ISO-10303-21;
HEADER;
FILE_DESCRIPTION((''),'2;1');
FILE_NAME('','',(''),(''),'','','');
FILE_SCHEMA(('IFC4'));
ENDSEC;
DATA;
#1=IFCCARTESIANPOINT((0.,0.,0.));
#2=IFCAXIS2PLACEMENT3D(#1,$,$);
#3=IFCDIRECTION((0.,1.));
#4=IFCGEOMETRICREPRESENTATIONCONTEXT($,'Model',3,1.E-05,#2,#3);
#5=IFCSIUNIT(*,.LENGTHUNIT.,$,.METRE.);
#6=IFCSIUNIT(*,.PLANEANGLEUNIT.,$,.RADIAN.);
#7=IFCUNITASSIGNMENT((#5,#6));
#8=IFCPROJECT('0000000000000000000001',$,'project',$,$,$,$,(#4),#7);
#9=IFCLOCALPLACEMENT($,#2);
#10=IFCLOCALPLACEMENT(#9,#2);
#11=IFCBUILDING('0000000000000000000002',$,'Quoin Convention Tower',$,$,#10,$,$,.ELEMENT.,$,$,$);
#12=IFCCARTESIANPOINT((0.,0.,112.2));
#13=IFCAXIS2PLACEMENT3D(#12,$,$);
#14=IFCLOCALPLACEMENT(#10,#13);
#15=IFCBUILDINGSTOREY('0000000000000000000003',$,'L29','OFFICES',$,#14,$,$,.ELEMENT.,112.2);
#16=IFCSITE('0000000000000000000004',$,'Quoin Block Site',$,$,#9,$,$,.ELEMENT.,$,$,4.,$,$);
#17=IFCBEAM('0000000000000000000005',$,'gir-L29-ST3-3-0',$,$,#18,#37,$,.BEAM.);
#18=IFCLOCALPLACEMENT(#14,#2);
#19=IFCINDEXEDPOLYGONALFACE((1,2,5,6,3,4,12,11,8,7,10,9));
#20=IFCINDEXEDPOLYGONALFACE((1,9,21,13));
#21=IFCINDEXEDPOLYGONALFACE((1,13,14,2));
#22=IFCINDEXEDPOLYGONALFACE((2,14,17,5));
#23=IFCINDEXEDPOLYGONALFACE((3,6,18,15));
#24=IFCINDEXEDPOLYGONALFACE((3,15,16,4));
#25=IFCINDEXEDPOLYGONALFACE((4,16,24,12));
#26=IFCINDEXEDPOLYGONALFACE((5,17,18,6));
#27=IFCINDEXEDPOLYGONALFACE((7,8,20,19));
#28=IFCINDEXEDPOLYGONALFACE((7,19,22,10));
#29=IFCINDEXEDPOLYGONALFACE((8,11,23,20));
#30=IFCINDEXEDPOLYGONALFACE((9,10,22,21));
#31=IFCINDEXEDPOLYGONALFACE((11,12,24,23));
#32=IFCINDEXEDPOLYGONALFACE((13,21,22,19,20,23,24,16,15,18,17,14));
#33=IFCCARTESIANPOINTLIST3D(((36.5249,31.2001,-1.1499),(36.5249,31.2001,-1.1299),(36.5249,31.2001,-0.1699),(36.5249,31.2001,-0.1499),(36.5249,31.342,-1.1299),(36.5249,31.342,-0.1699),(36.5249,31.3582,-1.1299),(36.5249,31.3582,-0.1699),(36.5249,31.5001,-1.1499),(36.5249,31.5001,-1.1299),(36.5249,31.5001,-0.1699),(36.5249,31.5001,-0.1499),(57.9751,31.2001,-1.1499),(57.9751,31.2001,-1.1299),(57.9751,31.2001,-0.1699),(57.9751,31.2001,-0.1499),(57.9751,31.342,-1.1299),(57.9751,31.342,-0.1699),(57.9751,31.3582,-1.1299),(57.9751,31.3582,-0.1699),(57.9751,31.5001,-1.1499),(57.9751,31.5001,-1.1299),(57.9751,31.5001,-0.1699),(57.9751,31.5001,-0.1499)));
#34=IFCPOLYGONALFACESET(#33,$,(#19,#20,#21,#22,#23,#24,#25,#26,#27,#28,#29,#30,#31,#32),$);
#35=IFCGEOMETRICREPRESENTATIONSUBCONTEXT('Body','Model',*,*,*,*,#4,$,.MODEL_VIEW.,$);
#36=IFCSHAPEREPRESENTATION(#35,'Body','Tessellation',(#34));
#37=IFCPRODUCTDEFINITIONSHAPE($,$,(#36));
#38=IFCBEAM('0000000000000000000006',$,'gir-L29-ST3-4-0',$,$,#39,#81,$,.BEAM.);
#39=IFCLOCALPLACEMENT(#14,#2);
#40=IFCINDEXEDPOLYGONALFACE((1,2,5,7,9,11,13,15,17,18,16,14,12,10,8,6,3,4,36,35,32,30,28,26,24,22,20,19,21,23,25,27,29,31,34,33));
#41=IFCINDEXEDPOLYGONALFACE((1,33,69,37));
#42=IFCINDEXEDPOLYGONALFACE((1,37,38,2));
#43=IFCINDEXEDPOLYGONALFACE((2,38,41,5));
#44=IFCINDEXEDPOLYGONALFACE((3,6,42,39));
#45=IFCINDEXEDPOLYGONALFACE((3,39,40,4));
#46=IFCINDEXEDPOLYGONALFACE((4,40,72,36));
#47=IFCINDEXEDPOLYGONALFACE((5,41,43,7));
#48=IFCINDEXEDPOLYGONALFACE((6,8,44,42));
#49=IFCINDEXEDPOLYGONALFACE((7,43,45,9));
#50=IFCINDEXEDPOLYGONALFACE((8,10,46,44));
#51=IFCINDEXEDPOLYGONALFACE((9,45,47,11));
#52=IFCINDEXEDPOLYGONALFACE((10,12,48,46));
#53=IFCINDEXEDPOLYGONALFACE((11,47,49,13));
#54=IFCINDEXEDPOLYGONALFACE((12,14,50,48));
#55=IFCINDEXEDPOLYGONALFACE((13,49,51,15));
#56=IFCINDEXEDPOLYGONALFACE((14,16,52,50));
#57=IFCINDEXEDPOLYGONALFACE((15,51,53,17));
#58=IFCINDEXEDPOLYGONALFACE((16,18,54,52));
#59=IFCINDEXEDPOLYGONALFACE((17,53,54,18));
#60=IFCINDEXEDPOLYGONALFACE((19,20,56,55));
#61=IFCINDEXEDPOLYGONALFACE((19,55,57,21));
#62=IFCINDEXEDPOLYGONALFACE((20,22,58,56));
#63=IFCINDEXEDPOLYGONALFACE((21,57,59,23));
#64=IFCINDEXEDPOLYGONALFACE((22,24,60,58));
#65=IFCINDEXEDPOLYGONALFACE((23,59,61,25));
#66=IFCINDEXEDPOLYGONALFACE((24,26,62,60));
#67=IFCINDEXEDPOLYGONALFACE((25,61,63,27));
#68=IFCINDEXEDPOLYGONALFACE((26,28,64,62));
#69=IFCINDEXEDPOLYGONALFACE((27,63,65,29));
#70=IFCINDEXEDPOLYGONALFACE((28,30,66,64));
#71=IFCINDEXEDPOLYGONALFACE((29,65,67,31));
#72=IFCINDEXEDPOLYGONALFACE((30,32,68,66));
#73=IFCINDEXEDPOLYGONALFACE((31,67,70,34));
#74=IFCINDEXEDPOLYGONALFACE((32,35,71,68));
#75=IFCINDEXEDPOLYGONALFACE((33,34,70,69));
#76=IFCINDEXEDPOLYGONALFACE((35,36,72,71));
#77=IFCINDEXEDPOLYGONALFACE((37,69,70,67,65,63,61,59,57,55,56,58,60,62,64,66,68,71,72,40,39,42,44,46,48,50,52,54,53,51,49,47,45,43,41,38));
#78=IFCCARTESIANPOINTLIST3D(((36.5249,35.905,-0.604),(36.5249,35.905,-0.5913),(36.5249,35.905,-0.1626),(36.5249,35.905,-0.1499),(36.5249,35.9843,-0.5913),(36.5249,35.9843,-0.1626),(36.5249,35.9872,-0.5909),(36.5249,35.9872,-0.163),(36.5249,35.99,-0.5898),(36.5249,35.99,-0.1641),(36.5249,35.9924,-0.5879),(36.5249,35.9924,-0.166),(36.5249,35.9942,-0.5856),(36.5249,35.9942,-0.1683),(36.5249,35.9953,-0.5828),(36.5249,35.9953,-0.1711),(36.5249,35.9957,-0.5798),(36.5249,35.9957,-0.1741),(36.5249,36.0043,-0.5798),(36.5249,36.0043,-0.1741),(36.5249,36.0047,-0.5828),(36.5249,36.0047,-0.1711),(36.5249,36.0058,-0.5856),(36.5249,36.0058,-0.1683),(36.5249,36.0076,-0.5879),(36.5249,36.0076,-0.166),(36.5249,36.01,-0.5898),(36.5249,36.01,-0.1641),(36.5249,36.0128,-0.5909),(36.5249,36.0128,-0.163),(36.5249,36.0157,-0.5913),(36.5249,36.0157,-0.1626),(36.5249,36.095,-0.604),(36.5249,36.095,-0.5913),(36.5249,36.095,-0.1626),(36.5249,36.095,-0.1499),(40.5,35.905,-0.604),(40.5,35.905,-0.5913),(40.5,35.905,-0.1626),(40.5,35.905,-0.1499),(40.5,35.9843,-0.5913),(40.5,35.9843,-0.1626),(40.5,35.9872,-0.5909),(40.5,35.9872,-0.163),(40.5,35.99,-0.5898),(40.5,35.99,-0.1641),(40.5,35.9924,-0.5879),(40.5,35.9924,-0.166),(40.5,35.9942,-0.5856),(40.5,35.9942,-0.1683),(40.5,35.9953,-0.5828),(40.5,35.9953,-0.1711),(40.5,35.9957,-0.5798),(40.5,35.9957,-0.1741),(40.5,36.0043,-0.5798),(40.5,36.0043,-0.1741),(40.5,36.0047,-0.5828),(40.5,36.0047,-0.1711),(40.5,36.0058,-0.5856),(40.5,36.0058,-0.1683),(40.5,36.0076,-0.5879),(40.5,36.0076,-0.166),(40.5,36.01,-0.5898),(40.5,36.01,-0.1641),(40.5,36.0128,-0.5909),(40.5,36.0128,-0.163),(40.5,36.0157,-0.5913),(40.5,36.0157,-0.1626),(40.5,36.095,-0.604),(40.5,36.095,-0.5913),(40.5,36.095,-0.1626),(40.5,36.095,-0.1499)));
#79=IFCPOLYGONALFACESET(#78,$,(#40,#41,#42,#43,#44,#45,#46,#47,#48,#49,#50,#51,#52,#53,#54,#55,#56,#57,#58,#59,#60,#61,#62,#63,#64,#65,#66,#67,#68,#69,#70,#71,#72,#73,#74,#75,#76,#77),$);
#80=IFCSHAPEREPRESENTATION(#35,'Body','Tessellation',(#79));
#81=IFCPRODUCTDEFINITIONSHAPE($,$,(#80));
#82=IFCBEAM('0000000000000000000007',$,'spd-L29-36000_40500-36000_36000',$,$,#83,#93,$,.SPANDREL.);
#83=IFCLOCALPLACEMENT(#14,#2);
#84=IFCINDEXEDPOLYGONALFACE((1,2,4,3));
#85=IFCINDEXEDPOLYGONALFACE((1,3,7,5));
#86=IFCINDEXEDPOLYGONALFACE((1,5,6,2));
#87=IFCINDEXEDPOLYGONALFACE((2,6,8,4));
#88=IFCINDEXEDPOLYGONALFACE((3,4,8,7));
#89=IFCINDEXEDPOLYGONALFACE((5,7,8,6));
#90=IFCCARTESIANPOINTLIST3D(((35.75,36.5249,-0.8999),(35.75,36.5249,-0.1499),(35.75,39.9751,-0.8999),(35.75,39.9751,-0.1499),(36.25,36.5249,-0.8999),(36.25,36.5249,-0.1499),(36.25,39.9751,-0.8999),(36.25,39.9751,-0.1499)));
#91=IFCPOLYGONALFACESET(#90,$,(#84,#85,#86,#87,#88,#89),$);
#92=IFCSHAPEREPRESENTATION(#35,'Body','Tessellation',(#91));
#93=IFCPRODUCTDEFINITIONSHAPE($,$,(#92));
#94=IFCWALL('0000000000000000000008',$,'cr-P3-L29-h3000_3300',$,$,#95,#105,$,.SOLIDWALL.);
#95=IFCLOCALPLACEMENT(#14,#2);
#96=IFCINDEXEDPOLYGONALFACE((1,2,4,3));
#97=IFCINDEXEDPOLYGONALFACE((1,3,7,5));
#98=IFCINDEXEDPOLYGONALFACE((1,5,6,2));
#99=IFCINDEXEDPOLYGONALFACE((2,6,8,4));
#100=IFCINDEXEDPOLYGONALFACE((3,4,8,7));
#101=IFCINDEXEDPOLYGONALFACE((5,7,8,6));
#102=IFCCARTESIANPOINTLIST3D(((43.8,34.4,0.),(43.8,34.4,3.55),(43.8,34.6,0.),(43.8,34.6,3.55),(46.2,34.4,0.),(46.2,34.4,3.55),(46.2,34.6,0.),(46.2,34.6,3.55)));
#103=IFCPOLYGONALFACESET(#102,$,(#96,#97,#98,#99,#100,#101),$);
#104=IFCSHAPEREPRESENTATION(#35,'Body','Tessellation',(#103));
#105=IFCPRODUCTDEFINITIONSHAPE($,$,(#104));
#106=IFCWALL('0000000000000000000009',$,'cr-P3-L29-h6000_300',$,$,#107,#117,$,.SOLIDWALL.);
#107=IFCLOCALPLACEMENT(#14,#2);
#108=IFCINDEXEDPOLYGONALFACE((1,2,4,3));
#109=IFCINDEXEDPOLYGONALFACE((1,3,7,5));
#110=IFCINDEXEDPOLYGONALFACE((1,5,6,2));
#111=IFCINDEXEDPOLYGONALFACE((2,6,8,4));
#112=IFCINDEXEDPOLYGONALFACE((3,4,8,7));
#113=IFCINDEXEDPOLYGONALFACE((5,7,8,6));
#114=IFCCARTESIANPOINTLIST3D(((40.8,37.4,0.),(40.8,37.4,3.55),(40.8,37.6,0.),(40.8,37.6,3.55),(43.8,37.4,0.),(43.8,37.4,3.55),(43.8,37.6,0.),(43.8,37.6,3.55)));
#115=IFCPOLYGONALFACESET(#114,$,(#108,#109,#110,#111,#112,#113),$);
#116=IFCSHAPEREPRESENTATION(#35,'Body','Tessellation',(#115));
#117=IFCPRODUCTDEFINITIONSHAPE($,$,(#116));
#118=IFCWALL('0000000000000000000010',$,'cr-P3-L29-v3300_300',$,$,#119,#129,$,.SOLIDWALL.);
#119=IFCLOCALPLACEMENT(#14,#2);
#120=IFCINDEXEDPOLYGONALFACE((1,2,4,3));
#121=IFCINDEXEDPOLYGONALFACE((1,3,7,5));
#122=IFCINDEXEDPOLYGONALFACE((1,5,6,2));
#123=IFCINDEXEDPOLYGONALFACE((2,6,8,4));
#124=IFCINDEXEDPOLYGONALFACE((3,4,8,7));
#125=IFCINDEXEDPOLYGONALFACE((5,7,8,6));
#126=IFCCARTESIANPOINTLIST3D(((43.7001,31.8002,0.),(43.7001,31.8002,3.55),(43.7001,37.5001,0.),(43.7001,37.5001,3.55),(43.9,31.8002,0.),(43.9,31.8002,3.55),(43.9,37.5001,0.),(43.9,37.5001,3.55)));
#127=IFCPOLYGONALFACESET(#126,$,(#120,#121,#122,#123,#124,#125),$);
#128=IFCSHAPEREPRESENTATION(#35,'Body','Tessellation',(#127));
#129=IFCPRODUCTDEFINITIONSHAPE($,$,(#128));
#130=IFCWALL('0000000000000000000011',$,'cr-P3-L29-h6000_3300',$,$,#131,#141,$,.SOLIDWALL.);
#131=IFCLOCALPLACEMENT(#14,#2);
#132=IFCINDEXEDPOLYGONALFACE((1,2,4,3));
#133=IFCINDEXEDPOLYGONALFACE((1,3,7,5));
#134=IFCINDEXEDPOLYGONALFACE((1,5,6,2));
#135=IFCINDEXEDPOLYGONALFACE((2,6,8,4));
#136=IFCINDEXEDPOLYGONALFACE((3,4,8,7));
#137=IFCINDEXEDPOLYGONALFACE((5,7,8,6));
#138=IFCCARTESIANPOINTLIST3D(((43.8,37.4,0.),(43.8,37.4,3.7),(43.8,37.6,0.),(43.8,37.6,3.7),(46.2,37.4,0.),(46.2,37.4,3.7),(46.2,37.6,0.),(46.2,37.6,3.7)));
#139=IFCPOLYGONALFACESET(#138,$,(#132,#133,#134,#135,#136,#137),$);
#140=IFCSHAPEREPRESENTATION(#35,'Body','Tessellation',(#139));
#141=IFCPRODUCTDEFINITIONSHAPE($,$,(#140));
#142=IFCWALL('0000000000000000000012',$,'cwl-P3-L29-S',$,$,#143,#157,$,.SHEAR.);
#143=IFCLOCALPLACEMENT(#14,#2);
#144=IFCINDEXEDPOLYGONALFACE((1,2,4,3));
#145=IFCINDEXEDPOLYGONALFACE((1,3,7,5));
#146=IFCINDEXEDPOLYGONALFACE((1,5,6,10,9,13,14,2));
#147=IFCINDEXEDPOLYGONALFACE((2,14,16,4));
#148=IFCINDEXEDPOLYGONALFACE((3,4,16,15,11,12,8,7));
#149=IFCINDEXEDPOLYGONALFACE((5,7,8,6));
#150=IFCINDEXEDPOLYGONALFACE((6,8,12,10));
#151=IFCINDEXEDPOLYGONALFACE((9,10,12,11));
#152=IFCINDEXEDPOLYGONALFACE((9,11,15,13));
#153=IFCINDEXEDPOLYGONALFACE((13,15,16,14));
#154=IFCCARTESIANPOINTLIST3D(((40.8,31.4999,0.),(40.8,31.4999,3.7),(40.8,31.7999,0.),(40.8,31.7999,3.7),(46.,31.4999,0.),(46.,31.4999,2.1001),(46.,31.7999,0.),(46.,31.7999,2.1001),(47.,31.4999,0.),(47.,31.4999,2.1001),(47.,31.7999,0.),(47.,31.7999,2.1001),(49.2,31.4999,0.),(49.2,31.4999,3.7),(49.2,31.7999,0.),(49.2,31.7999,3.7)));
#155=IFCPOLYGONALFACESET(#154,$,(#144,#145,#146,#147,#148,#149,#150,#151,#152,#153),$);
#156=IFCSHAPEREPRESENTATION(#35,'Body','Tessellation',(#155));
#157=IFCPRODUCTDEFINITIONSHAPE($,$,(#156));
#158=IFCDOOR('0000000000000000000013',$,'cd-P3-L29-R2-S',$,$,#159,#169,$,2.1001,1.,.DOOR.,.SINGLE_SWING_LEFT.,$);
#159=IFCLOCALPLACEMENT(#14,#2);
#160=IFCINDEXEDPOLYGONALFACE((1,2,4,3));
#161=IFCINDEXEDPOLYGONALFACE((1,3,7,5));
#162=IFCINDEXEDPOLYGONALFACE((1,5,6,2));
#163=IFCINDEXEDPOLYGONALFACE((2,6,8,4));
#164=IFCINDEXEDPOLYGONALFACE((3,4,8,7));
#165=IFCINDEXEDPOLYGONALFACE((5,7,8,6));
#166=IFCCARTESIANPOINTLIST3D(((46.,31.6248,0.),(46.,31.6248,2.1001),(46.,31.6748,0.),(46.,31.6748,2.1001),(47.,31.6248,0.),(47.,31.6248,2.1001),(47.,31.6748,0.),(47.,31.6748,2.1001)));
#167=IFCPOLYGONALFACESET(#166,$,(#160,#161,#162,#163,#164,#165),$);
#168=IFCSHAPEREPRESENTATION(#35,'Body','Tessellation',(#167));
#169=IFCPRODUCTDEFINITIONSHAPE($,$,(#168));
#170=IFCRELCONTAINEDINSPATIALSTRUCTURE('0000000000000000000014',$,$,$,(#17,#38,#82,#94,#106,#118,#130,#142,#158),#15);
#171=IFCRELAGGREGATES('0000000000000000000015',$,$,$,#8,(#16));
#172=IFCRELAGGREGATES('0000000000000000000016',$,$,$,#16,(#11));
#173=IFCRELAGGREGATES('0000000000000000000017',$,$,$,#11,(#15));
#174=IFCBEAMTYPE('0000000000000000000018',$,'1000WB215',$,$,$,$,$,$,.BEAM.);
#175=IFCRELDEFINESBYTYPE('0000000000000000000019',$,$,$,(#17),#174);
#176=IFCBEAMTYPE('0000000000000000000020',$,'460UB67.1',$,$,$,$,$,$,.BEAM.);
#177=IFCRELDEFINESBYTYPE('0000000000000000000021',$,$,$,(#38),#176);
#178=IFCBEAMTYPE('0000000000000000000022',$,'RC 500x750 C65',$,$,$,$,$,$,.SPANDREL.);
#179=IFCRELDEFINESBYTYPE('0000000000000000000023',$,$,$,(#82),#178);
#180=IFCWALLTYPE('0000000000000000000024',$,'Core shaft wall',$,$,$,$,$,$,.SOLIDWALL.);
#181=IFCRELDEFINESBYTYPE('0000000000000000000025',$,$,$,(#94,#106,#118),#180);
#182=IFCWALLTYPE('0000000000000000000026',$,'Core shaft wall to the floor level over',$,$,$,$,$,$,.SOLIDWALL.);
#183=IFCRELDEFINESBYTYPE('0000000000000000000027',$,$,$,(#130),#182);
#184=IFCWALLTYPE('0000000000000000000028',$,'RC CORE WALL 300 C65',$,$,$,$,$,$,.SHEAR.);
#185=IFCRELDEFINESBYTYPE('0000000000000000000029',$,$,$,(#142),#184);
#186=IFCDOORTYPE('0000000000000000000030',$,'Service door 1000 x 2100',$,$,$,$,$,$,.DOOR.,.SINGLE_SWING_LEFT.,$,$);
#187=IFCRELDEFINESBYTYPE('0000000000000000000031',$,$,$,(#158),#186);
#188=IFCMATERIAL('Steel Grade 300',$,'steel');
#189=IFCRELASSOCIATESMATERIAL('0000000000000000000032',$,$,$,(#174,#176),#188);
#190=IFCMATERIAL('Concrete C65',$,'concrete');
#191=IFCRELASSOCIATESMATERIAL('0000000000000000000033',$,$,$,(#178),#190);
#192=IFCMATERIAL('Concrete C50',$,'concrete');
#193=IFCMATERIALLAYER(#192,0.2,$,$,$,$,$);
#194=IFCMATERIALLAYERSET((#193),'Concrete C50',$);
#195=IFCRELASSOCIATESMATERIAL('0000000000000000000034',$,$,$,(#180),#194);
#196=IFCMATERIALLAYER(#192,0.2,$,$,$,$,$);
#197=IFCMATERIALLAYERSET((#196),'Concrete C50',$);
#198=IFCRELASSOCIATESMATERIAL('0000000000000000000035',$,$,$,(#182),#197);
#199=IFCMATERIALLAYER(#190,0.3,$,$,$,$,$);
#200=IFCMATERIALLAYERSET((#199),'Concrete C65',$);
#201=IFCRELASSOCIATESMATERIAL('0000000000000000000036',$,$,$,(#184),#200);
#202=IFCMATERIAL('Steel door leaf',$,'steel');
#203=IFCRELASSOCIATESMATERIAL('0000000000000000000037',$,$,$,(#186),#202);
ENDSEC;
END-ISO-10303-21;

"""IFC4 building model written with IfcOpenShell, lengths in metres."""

from ifc_helpers import new_model, si_unit, direction, frame, frame_2d, origin, origin_2d, place, context, subcontext, project, spatial, rectangle, i_section, extrude, material, layer, layer_set, material_profile, profile_set, type_object, element, fill, save


model = new_model("IFC4")

# Units and contexts
model_context = context("Model", 3, precision=1e-05, world=origin(), true_north=direction((0.0, 1.0)))
body_context = subcontext(model_context, "Body", "Model", "MODEL_VIEW")
ifc_project = project(units=[si_unit("LENGTHUNIT", "METRE"), si_unit("PLANEANGLEUNIT", "RADIAN")], contexts=[model_context])

# Site, building, storey
site_placement = place(None, origin())
site = spatial("IfcSite", under=ifc_project, at=site_placement, Name="Quoin Block Site", CompositionType="ELEMENT", RefElevation=4.0)
building_placement = place(site_placement, origin())
building = spatial("IfcBuilding", under=site, at=building_placement, Name="Quoin Convention Tower", CompositionType="ELEMENT")
storey_placement = place(building_placement, frame((0.0, 0.0, 112.2)))
storey = spatial("IfcBuildingStorey", under=building, at=storey_placement, Name="L29", Description="OFFICES", CompositionType="ELEMENT", Elevation=112.2)

# Beams
ifc_material_1 = material(Name="Steel Grade 300", Category="steel")
ifc_material_profile_1 = material_profile(ifc_material_1, i_section(OverallWidth=0.3, OverallDepth=1.0, WebThickness=0.0161, FlangeThickness=0.02, at=origin_2d()), Name="1000WB215")
ifc_profile_set_1 = profile_set([ifc_material_profile_1], Name="Steel Grade 300")
beam_type_1 = type_object("IfcBeamType", Name="1000WB215", PredefinedType="BEAM", material=ifc_profile_set_1)
beam_1_placement = place(storey_placement, frame((36.5249, 31.3501, -0.6499), z_axis=(1.0, 0.0, 0.0), x_axis=(0.0, 1.0, 0.0)))
element("IfcBeam", 1, at=beam_1_placement, inside=storey, type_object=beam_type_1, Name="gir-L29-ST3-3-0", PredefinedType="BEAM", context=body_context, shape_type="SweptSolid", body=[
    extrude(i_section(OverallWidth=0.3, OverallDepth=1.0, WebThickness=0.0161, FlangeThickness=0.02, at=origin_2d()), origin(), (0.0, 0.0, 1.0), 21.4502),
])
ifc_material_profile_2 = material_profile(ifc_material_1, i_section(OverallWidth=0.1899, OverallDepth=0.4541, WebThickness=0.0085, FlangeThickness=0.0127, FilletRadius=0.0115, at=origin_2d()), Name="460UB67.1")
ifc_profile_set_2 = profile_set([ifc_material_profile_2], Name="Steel Grade 300")
beam_type_2 = type_object("IfcBeamType", Name="460UB67.1", PredefinedType="BEAM", material=ifc_profile_set_2)
beam_2_placement = place(storey_placement, frame((36.5249, 36.0, -0.377), z_axis=(1.0, 0.0, 0.0), x_axis=(0.0, 1.0, 0.0)))
element("IfcBeam", 2, at=beam_2_placement, inside=storey, type_object=beam_type_2, Name="gir-L29-ST3-4-0", PredefinedType="BEAM", context=body_context, shape_type="SweptSolid", body=[
    extrude(i_section(OverallWidth=0.1899, OverallDepth=0.4541, WebThickness=0.0085, FlangeThickness=0.0127, FilletRadius=0.0115, at=origin_2d()), origin(), (0.0, 0.0, 1.0), 3.9751),
])
ifc_material_2 = material(Name="Concrete C65", Category="concrete")
ifc_material_profile_3 = material_profile(ifc_material_2, rectangle(XDim=0.5, YDim=0.75, at=origin_2d()), Name="RC 500x750")
ifc_profile_set_3 = profile_set([ifc_material_profile_3], Name="Concrete C65")
beam_type_3 = type_object("IfcBeamType", Name="RC 500x750 C65", PredefinedType="SPANDREL", material=ifc_profile_set_3)
beam_3_placement = place(storey_placement, frame((36.0, 39.9751, -0.5249), z_axis=(0.0, -1.0, 0.0), x_axis=(1.0, 0.0, 0.0)))
element("IfcBeam", 3, at=beam_3_placement, inside=storey, type_object=beam_type_3, Name="spd-L29-36000_40500-36000_36000", PredefinedType="SPANDREL", context=body_context, shape_type="SweptSolid", body=[
    extrude(rectangle(XDim=0.5, YDim=0.75, at=origin_2d()), origin(), (0.0, 0.0, 1.0), 3.4502),
])

# Walls
ifc_material_3 = material(Name="Concrete C50", Category="concrete")
ifc_layer_1 = layer(ifc_material_3, 0.2)
ifc_layer_set_1 = layer_set([ifc_layer_1], Name="Concrete C50")
wall_type_1 = type_object("IfcWallType", Name="Core shaft wall", PredefinedType="SOLIDWALL", material=ifc_layer_set_1)
wall_1_placement = place(storey_placement, frame((43.8, 34.5, 0.0), z_axis=(0.0, 0.0, 1.0), x_axis=(1.0, 0.0, 0.0)))
element("IfcWall", 4, at=wall_1_placement, inside=storey, type_object=wall_type_1, Name="cr-P3-L29-h3000_3300", PredefinedType="SOLIDWALL", context=body_context, shape_type="SweptSolid", body=[
    extrude(rectangle(XDim=2.3999, YDim=0.2, at=frame_2d((1.2, 0.0))), origin(), (0.0, 0.0, 1.0), 3.55),
])
wall_2_placement = place(storey_placement, frame((40.8, 37.5, 0.0), z_axis=(0.0, 0.0, 1.0), x_axis=(1.0, 0.0, 0.0)))
element("IfcWall", 5, at=wall_2_placement, inside=storey, type_object=wall_type_1, Name="cr-P3-L29-h6000_300", PredefinedType="SOLIDWALL", context=body_context, shape_type="SweptSolid", body=[
    extrude(rectangle(XDim=3.0, YDim=0.2, at=frame_2d((1.5, 0.0))), origin(), (0.0, 0.0, 1.0), 3.55),
])
wall_3_placement = place(storey_placement, frame((43.8, 31.8, 0.0), z_axis=(0.0, 0.0, 1.0), x_axis=(0.0, 1.0, 0.0)))
element("IfcWall", 6, at=wall_3_placement, inside=storey, type_object=wall_type_1, Name="cr-P3-L29-v3300_300", PredefinedType="SOLIDWALL", context=body_context, shape_type="SweptSolid", body=[
    extrude(rectangle(XDim=5.7, YDim=0.2, at=frame_2d((2.8501, 0.0))), origin(), (0.0, 0.0, 1.0), 3.55),
])
ifc_layer_2 = layer(ifc_material_3, 0.2)
ifc_layer_set_2 = layer_set([ifc_layer_2], Name="Concrete C50")
wall_type_2 = type_object("IfcWallType", Name="Core shaft wall to the floor level over", PredefinedType="SOLIDWALL", material=ifc_layer_set_2)
wall_4_placement = place(storey_placement, frame((43.8, 37.5, 0.0), z_axis=(0.0, 0.0, 1.0), x_axis=(1.0, 0.0, 0.0)))
element("IfcWall", 7, at=wall_4_placement, inside=storey, type_object=wall_type_2, Name="cr-P3-L29-h6000_3300", PredefinedType="SOLIDWALL", context=body_context, shape_type="SweptSolid", body=[
    extrude(rectangle(XDim=2.3999, YDim=0.2, at=frame_2d((1.2, 0.0))), origin(), (0.0, 0.0, 1.0), 3.7),
])

# Wall, opening, door
ifc_layer_3 = layer(ifc_material_2, 0.3)
ifc_layer_set_3 = layer_set([ifc_layer_3], Name="Concrete C65")
wall_type_3 = type_object("IfcWallType", Name="RC CORE WALL 300 C65", PredefinedType="SHEAR", material=ifc_layer_set_3)
wall_5_placement = place(storey_placement, frame((40.8, 31.6499, 0.0), z_axis=(0.0, 0.0, 1.0), x_axis=(1.0, 0.0, 0.0)))
wall_5 = element("IfcWall", 8, at=wall_5_placement, inside=storey, type_object=wall_type_3, Name="cwl-P3-L29-S", PredefinedType="SHEAR", context=body_context, shape_type="SweptSolid", body=[
    extrude(rectangle(XDim=8.3999, YDim=0.3, at=frame_2d((4.2, 0.0))), origin(), (0.0, 0.0, 1.0), 3.7),
])
opening_1_placement = place(wall_5_placement, frame((5.2, 0.0, 0.0)))
opening_1 = element("IfcOpeningElement", 9, at=opening_1_placement, cuts=wall_5, PredefinedType="OPENING", context=body_context, shape_type="SweptSolid", body=[
    extrude(rectangle(XDim=1.0, YDim=2.1001, at=frame_2d((0.5, 1.05))), frame((0.0, 0.1599, 0.0), z_axis=(0.0, -1.0, 0.0), x_axis=(1.0, 0.0, 0.0)), (0.0, 0.0, 1.0), 0.3201),
])
ifc_material_4 = material(Name="Steel door leaf", Category="steel")
door_type_1 = type_object("IfcDoorType", Name="Service door 1000 x 2100", OperationType="SINGLE_SWING_LEFT", PredefinedType="DOOR", material=ifc_material_4)
door_1_placement = place(opening_1_placement, origin())
door_1 = element("IfcDoor", 10, at=door_1_placement, inside=storey, type_object=door_type_1, Name="cd-P3-L29-R2-S", OperationType="SINGLE_SWING_LEFT", OverallHeight=2.1001, OverallWidth=1.0, PredefinedType="DOOR", context=body_context, shape_type="SweptSolid", body=[
    extrude(rectangle(XDim=1.0, YDim=2.1001, at=frame_2d((0.5, 1.05))), frame((0.0, 0.0249, 0.0), z_axis=(0.0, -1.0, 0.0), x_axis=(1.0, 0.0, 0.0)), (0.0, 0.0, 1.0), 0.05),
])
fill(opening_1, door_1)

save(model, "model.ifc")
